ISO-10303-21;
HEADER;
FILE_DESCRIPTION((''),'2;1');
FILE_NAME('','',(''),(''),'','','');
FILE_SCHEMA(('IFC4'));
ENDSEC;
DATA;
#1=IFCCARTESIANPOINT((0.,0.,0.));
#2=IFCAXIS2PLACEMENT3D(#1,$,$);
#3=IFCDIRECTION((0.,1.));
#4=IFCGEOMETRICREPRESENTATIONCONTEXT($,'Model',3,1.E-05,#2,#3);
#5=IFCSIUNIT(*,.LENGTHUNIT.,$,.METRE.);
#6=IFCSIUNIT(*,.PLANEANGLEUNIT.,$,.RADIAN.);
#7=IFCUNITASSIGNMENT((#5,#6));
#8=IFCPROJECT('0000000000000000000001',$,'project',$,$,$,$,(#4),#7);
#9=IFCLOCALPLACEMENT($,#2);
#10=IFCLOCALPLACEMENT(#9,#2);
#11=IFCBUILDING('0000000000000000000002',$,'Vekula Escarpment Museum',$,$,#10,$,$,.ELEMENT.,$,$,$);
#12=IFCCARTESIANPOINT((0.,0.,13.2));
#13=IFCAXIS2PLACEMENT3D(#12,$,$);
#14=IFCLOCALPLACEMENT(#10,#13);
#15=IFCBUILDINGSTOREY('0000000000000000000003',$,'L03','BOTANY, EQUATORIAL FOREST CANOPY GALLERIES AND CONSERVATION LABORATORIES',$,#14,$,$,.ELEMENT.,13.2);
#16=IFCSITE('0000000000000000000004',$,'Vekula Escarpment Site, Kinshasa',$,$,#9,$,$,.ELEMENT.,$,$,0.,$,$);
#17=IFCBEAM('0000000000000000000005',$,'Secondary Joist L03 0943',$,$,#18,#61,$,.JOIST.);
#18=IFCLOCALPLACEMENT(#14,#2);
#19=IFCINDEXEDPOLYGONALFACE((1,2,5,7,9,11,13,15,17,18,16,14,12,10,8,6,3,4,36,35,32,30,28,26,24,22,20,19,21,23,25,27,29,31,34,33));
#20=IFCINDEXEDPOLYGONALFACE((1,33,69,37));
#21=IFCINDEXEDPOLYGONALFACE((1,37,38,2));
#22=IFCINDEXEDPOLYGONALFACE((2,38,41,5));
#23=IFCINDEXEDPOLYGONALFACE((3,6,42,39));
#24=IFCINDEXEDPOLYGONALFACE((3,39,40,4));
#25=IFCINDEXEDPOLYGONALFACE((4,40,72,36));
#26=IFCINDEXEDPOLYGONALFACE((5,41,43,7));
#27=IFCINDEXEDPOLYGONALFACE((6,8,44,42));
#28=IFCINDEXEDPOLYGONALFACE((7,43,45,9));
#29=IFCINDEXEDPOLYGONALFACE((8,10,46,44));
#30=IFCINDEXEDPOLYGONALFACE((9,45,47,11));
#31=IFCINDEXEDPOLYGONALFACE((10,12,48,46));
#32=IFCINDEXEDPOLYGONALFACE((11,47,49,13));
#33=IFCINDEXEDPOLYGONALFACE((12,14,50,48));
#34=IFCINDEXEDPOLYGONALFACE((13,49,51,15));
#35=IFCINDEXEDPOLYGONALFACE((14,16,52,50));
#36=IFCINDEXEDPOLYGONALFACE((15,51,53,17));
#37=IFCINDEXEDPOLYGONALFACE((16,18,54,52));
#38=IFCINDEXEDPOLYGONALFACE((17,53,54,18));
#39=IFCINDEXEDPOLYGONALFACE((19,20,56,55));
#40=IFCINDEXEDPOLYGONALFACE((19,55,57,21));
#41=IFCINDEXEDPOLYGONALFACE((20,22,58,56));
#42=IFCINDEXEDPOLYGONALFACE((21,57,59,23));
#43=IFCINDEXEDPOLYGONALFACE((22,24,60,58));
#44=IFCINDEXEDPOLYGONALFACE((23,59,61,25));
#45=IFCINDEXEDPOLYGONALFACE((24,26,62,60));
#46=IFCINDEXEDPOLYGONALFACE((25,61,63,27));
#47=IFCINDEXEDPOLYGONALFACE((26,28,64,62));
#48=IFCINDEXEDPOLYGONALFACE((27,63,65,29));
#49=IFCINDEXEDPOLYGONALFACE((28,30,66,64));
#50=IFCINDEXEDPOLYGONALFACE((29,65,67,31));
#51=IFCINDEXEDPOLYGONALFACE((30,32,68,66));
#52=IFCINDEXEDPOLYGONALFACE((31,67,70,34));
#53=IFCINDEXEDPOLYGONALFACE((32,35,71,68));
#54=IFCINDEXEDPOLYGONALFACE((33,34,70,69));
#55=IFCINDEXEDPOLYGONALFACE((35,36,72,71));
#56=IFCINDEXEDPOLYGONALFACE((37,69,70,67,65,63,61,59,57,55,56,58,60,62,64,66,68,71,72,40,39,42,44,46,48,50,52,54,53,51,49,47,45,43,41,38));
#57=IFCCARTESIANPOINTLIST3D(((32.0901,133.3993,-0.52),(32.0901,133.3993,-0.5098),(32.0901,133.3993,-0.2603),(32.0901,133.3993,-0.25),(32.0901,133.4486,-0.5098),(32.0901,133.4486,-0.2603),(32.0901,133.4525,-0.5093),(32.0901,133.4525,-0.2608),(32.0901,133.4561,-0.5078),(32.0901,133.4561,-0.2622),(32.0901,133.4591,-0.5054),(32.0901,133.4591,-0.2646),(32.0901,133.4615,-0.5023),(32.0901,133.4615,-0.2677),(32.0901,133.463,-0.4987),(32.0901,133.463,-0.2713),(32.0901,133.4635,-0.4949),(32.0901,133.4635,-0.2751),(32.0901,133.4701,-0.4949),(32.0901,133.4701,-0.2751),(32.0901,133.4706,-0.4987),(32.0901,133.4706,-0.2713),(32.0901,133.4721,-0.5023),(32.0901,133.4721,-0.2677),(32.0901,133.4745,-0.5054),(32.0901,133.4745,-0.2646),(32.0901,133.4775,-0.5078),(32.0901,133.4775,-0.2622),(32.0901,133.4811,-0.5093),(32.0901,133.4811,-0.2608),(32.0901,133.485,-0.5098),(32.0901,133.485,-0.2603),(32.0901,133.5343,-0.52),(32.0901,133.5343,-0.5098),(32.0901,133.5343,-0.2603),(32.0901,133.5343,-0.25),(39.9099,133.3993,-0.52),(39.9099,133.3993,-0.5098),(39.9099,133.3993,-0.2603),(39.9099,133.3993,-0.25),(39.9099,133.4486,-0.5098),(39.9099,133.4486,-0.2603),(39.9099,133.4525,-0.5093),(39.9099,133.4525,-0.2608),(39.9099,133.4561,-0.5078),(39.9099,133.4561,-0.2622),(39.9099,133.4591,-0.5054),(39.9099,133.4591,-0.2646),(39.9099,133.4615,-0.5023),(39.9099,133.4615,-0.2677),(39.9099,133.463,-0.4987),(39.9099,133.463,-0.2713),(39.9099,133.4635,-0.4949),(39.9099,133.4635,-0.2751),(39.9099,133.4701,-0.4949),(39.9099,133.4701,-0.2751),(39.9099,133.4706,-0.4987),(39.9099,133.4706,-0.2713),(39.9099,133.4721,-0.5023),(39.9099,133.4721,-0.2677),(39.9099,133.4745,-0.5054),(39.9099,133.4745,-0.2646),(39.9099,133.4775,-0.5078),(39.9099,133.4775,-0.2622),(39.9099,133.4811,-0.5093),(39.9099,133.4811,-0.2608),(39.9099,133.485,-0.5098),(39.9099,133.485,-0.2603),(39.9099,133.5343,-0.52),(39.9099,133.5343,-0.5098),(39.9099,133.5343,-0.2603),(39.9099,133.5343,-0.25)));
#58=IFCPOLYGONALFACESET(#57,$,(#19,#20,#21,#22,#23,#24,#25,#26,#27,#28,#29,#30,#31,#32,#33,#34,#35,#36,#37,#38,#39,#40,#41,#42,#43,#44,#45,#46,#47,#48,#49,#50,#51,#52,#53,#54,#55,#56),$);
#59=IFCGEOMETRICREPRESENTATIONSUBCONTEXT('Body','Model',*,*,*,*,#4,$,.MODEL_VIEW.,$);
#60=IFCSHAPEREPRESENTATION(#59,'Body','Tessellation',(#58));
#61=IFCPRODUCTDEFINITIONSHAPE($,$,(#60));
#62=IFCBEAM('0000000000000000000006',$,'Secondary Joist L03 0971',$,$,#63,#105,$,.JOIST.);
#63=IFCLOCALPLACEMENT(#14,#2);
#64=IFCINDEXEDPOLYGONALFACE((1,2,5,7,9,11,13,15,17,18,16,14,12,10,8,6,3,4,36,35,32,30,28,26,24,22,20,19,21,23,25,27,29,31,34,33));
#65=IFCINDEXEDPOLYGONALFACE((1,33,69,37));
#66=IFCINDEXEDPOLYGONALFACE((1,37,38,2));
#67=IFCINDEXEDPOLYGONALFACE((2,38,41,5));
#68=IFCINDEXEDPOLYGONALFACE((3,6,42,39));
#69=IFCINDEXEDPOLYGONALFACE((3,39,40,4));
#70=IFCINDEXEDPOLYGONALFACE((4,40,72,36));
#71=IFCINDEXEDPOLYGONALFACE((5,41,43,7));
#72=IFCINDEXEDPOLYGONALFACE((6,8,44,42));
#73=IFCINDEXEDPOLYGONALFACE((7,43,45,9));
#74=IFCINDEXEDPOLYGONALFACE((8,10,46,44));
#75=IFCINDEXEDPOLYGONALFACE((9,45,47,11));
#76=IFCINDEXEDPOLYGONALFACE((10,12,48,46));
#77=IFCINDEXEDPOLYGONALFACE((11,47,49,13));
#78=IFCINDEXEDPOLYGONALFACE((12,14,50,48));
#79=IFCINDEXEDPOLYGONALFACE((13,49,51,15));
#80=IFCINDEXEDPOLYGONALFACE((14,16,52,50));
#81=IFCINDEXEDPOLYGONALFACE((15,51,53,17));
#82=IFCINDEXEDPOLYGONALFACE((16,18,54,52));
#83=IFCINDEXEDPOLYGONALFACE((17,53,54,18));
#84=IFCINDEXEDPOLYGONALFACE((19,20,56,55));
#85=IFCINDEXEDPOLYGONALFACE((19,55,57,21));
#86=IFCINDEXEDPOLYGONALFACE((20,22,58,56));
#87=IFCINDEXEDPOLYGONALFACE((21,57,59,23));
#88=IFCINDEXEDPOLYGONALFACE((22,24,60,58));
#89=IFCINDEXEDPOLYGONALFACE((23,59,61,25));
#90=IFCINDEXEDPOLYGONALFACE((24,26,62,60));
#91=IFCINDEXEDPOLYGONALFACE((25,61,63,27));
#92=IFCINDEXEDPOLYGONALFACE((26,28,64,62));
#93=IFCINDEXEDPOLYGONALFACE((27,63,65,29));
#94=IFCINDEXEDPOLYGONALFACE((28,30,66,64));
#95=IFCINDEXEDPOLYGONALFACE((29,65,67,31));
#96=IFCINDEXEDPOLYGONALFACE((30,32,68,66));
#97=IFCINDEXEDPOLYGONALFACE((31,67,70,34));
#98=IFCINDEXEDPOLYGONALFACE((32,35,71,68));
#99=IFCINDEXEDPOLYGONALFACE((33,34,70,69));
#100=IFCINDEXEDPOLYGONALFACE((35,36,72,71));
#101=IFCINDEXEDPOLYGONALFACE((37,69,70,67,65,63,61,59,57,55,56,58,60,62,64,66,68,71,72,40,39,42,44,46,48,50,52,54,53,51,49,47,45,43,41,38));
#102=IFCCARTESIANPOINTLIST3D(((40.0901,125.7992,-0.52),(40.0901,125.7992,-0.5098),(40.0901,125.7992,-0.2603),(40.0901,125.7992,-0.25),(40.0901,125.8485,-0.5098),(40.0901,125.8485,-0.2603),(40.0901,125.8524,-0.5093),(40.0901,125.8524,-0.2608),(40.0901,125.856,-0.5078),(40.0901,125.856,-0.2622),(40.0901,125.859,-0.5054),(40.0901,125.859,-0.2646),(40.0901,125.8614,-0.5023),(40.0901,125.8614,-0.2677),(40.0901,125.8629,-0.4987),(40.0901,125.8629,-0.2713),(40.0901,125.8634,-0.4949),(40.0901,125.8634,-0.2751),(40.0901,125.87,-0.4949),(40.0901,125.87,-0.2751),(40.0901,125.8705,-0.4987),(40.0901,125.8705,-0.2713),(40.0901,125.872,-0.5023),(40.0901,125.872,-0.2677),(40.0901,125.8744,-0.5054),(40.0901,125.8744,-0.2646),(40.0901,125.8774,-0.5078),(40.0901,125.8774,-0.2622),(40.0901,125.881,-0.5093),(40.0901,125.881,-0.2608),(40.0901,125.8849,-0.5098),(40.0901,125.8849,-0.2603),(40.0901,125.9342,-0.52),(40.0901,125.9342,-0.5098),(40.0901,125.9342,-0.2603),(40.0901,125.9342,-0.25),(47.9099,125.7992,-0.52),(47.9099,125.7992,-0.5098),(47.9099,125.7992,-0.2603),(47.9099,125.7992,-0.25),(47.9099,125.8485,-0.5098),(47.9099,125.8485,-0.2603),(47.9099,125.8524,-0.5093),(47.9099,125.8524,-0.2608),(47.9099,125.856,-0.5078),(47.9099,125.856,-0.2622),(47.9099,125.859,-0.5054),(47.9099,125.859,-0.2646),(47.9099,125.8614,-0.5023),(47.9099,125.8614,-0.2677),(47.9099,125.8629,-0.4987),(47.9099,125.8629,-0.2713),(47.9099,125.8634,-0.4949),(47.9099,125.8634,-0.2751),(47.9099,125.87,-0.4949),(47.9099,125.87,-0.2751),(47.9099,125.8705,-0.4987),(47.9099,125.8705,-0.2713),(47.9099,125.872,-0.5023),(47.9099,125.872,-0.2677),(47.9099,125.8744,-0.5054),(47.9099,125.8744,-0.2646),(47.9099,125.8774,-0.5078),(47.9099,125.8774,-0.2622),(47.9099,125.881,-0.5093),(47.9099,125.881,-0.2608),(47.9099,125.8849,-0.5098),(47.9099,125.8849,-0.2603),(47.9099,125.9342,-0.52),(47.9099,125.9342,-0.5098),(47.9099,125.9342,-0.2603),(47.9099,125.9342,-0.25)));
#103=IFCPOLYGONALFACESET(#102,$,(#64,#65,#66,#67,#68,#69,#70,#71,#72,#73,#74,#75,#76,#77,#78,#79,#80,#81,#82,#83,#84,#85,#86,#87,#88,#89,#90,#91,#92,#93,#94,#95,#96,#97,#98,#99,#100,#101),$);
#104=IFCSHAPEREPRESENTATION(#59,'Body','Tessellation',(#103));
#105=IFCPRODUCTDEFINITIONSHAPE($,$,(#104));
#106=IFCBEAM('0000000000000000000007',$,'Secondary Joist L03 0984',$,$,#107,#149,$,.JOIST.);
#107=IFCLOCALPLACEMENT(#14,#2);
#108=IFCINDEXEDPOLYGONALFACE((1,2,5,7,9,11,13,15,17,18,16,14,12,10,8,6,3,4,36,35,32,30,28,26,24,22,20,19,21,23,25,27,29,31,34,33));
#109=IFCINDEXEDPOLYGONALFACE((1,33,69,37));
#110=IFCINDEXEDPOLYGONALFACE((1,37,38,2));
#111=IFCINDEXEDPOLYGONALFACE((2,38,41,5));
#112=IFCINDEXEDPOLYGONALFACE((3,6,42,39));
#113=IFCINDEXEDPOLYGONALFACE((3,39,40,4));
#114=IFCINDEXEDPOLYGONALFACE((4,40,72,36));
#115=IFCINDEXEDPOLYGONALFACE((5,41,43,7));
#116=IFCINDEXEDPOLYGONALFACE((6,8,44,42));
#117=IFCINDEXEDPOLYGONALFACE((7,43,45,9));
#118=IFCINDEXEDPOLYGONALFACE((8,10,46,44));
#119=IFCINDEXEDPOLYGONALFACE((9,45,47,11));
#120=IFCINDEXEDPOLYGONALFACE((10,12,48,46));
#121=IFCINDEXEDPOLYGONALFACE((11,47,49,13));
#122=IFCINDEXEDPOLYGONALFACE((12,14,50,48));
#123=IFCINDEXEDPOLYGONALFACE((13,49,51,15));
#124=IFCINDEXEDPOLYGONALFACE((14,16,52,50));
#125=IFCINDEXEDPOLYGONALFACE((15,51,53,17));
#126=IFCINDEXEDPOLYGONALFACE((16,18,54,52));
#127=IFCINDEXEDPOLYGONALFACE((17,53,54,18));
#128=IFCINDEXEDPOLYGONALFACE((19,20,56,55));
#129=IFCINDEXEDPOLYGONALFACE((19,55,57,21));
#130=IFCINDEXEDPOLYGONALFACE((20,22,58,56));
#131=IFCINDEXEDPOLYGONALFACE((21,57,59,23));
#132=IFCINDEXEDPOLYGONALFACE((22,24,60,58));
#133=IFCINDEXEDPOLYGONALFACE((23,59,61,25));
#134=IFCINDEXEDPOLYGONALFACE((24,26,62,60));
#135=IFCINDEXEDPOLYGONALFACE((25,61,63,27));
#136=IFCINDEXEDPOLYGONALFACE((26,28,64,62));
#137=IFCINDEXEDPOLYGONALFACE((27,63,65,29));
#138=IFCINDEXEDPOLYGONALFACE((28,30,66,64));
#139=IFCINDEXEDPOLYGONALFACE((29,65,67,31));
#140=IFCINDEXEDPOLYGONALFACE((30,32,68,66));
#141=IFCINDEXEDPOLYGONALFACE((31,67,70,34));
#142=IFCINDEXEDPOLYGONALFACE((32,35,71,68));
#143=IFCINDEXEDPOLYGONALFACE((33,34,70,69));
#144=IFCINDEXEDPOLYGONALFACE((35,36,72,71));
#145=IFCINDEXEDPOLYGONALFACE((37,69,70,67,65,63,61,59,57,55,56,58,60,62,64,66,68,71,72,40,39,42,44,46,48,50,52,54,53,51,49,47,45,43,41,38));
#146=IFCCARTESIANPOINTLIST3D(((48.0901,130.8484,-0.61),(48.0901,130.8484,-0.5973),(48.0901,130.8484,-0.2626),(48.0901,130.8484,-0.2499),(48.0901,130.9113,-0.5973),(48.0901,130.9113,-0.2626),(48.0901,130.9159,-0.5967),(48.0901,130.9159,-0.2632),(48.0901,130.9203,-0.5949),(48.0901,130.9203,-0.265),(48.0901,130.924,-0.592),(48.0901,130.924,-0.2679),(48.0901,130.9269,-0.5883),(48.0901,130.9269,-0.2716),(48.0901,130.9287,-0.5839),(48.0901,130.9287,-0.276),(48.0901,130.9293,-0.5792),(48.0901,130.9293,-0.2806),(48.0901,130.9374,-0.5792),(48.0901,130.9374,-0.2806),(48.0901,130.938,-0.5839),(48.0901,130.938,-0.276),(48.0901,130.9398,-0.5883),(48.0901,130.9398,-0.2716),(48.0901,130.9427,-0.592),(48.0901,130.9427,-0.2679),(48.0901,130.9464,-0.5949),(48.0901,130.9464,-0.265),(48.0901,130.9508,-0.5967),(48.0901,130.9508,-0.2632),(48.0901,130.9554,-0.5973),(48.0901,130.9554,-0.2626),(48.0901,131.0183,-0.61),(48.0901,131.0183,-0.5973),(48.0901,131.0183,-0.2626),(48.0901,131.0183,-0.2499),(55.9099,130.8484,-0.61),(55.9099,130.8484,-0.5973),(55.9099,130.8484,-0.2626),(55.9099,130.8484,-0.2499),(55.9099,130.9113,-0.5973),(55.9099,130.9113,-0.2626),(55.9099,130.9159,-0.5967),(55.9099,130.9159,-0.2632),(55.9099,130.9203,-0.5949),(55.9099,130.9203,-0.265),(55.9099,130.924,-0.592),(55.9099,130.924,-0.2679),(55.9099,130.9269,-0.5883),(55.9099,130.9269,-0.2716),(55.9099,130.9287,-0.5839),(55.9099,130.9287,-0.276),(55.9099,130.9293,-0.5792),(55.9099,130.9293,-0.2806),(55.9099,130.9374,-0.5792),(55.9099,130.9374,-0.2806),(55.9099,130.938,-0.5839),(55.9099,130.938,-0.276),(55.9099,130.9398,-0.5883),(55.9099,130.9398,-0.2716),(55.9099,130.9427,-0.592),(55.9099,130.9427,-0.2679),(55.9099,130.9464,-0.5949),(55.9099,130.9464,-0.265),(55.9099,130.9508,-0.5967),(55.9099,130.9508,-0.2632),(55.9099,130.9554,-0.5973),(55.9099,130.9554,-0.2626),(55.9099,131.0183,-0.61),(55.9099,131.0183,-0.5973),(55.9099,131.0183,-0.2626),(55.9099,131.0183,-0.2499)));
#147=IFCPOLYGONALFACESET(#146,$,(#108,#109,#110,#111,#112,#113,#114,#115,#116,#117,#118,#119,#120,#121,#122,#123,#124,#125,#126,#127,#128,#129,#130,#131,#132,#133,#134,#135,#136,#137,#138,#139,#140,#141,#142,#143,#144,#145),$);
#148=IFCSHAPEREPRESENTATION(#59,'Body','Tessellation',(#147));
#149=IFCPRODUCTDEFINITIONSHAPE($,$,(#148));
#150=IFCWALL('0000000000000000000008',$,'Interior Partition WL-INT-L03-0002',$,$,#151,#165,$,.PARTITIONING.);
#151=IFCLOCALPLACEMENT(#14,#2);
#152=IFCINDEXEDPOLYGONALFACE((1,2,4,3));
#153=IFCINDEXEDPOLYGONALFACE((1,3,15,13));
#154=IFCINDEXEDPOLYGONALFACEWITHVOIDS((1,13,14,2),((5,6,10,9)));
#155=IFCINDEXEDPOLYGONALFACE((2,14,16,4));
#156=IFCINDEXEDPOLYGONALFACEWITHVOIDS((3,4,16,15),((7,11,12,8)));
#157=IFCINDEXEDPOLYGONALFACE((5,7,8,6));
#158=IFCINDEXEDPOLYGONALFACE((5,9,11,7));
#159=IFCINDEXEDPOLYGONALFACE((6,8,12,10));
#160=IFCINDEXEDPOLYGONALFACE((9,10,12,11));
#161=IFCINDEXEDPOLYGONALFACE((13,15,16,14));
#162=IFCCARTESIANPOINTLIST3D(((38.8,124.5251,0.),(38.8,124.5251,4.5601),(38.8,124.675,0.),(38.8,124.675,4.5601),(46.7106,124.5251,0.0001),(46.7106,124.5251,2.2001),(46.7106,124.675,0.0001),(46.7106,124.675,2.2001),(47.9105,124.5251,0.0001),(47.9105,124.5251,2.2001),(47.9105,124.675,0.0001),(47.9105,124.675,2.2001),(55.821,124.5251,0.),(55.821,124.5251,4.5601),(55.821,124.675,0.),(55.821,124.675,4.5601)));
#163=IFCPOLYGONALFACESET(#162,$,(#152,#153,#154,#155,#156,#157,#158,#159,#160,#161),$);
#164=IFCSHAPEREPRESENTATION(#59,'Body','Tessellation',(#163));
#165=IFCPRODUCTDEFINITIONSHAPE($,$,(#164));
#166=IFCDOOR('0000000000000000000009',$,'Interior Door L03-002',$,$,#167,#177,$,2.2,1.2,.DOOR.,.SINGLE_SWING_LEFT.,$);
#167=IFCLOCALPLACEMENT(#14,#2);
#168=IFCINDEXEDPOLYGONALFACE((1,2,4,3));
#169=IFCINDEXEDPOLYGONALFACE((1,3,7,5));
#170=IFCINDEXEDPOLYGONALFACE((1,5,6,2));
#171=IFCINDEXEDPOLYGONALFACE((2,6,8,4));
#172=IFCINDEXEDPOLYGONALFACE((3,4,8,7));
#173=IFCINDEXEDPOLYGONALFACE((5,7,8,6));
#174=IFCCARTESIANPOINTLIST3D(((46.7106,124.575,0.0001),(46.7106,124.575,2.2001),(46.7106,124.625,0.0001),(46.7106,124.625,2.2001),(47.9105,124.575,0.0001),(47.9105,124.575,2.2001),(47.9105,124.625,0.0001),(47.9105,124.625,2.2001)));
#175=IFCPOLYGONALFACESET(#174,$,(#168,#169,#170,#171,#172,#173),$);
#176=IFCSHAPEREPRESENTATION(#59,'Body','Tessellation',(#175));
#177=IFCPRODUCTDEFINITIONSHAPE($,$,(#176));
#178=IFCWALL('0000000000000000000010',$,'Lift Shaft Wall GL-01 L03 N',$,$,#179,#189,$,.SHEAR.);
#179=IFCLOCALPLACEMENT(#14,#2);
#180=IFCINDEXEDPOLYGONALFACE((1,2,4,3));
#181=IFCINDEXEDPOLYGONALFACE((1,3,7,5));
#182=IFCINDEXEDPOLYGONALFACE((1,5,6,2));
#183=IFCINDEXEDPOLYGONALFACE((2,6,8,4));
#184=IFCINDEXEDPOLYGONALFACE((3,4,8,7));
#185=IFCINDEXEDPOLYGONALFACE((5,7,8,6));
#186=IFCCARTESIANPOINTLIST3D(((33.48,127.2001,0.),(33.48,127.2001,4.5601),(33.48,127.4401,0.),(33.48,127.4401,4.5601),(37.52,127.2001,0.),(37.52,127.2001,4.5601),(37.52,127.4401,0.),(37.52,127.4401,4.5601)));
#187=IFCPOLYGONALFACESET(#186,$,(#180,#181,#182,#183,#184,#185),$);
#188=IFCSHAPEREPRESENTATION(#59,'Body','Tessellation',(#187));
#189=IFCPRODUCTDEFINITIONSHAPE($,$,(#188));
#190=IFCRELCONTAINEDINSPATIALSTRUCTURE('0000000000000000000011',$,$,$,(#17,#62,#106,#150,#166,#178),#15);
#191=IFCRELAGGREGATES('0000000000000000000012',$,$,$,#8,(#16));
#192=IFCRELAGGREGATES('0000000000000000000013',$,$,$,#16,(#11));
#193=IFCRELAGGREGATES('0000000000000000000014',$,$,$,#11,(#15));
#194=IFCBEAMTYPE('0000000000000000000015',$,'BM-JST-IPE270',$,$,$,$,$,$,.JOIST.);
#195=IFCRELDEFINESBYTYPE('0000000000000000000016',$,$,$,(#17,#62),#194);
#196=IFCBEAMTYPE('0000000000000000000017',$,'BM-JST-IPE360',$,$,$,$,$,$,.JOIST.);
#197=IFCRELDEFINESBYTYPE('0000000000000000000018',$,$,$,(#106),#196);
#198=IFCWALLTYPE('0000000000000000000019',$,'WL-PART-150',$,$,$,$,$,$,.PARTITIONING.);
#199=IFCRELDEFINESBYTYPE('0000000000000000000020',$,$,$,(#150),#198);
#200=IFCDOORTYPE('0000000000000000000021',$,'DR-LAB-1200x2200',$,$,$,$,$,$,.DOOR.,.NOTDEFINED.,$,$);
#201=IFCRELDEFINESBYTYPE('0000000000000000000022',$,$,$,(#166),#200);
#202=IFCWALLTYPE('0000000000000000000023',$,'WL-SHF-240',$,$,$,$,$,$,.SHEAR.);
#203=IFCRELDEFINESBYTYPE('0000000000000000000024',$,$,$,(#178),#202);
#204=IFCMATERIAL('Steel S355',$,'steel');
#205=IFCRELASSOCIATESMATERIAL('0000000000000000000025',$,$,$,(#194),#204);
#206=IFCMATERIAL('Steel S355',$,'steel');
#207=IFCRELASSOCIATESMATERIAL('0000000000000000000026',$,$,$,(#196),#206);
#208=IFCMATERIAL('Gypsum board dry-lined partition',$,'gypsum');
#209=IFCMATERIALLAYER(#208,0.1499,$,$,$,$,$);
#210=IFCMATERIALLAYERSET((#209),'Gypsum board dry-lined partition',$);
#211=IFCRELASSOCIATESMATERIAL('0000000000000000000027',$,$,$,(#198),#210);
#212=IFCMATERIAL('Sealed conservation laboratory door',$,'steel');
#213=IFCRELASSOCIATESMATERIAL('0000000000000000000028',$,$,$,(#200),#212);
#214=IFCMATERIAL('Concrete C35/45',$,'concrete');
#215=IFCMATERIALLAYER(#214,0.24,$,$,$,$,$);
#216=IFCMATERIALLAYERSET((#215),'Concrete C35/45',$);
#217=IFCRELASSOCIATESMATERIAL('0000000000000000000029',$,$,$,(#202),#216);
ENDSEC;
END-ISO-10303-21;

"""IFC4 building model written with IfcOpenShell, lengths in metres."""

from ifc_helpers import new_model, si_unit, direction, frame, frame_2d, origin, origin_2d, place, context, subcontext, project, spatial, rectangle, i_section, extrude, material, layer, layer_set, material_profile, profile_set, type_object, element, fill, save


model = new_model("IFC4")

# Units and contexts
model_context = context("Model", 3, precision=1e-05, world=origin(), true_north=direction((0.0, 1.0)))
body_context = subcontext(model_context, "Body", "Model", "MODEL_VIEW")
ifc_project = project(units=[si_unit("LENGTHUNIT", "METRE"), si_unit("PLANEANGLEUNIT", "RADIAN")], contexts=[model_context])

# Site, building, storey
site_placement = place(None, origin())
site = spatial("IfcSite", under=ifc_project, at=site_placement, Name="Vekula Escarpment Site, Kinshasa", CompositionType="ELEMENT", RefElevation=0.0)
building_placement = place(site_placement, origin())
building = spatial("IfcBuilding", under=site, at=building_placement, Name="Vekula Escarpment Museum", CompositionType="ELEMENT")
storey_placement = place(building_placement, frame((0.0, 0.0, 13.2)))
storey = spatial("IfcBuildingStorey", under=building, at=storey_placement, Name="L03", Description="BOTANY, EQUATORIAL FOREST CANOPY GALLERIES AND CONSERVATION LABORATORIES", CompositionType="ELEMENT", Elevation=13.2)

# Beams
ifc_material_1 = material(Name="Steel S355", Category="steel")
ifc_material_profile_1 = material_profile(ifc_material_1, i_section(OverallWidth=0.135, OverallDepth=0.27, WebThickness=0.0066, FlangeThickness=0.0103, FilletRadius=0.0149, at=origin_2d()), Name="IPE 270")
ifc_profile_set_1 = profile_set([ifc_material_profile_1], Name="Steel S355")
beam_type_1 = type_object("IfcBeamType", Name="BM-JST-IPE270", PredefinedType="JOIST", material=ifc_profile_set_1)
for number, where, z_axis, x_axis, name in (
    (1, (32.0901, 133.4668, -0.385), (1.0, 0.0, 0.0), (0.0, 1.0, 0.0), "Secondary Joist L03 0943"),
    (2, (40.0901, 125.8667, -0.385), (1.0, 0.0, 0.0), (0.0, 1.0, 0.0), "Secondary Joist L03 0971"),
):
    element("IfcBeam", number, at=place(storey_placement, frame(where, z_axis=z_axis, x_axis=x_axis)), inside=storey, type_object=beam_type_1, Name=name, PredefinedType="JOIST", context=body_context, shape_type="SweptSolid", body=[
        extrude(i_section(OverallWidth=0.135, OverallDepth=0.27, WebThickness=0.0066, FlangeThickness=0.0103, FilletRadius=0.0149, at=origin_2d()), origin(), (0.0, 0.0, 1.0), 7.8198),
    ])
ifc_material_2 = material(Name="Steel S355", Category="steel")
ifc_material_profile_2 = material_profile(ifc_material_2, i_section(OverallWidth=0.1699, OverallDepth=0.3601, WebThickness=0.0081, FlangeThickness=0.0127, FilletRadius=0.0181, at=origin_2d()), Name="IPE 360")
ifc_profile_set_2 = profile_set([ifc_material_profile_2], Name="Steel S355")
beam_type_2 = type_object("IfcBeamType", Name="BM-JST-IPE360", PredefinedType="JOIST", material=ifc_profile_set_2)
beam_1_placement = place(storey_placement, frame((48.0901, 130.9333, -0.4299), z_axis=(1.0, 0.0, 0.0), x_axis=(0.0, 1.0, 0.0)))
element("IfcBeam", 3, at=beam_1_placement, inside=storey, type_object=beam_type_2, Name="Secondary Joist L03 0984", PredefinedType="JOIST", context=body_context, shape_type="SweptSolid", body=[
    extrude(i_section(OverallWidth=0.1699, OverallDepth=0.3601, WebThickness=0.0081, FlangeThickness=0.0127, FilletRadius=0.0181, at=origin_2d()), origin(), (0.0, 0.0, 1.0), 7.8198),
])

# Wall, opening, door
ifc_material_3 = material(Name="Gypsum board dry-lined partition", Category="gypsum")
ifc_layer_1 = layer(ifc_material_3, 0.1499)
ifc_layer_set_1 = layer_set([ifc_layer_1], Name="Gypsum board dry-lined partition")
wall_type_1 = type_object("IfcWallType", Name="WL-PART-150", PredefinedType="PARTITIONING", material=ifc_layer_set_1)
wall_1_placement = place(storey_placement, frame((38.8, 124.6001, 0.0), z_axis=(0.0, 0.0, 1.0), x_axis=(1.0, 0.0, 0.0)))
wall_1 = element("IfcWall", 4, at=wall_1_placement, inside=storey, type_object=wall_type_1, Name="Interior Partition WL-INT-L03-0002", PredefinedType="PARTITIONING", context=body_context, shape_type="SweptSolid", body=[
    extrude(rectangle(XDim=17.021, YDim=0.1499, at=frame_2d((8.5105, 0.0))), origin(), (0.0, 0.0, 1.0), 4.5601),
])
opening_placement = place(wall_1_placement, frame((7.9104, 0.0, 0.0)))
opening = element("IfcOpeningElement", 5, at=opening_placement, cuts=wall_1, PredefinedType="OPENING", context=body_context, shape_type="SweptSolid", body=[
    extrude(rectangle(XDim=1.2, YDim=2.2, at=frame_2d((0.6001, 1.1001))), frame((0.0, 0.085, 0.0), z_axis=(0.0, -1.0, 0.0), x_axis=(1.0, 0.0, 0.0)), (0.0, 0.0, 1.0), 0.1699),
])
ifc_material_4 = material(Name="Sealed conservation laboratory door", Category="steel")
door_type = type_object("IfcDoorType", Name="DR-LAB-1200x2200", OperationType="NOTDEFINED", PredefinedType="DOOR", material=ifc_material_4)
door_placement = place(opening_placement, origin())
door = element("IfcDoor", 6, at=door_placement, inside=storey, type_object=door_type, Name="Interior Door L03-002", OperationType="SINGLE_SWING_LEFT", OverallHeight=2.2, OverallWidth=1.2, PredefinedType="DOOR", context=body_context, shape_type="SweptSolid", body=[
    extrude(rectangle(XDim=1.2, YDim=2.2, at=frame_2d((0.6001, 1.1001))), frame((0.0, 0.0249, 0.0), z_axis=(0.0, -1.0, 0.0), x_axis=(1.0, 0.0, 0.0)), (0.0, 0.0, 1.0), 0.05),
])
fill(opening, door)

# Wall
ifc_material_5 = material(Name="Concrete C35/45", Category="concrete")
ifc_layer_2 = layer(ifc_material_5, 0.24)
ifc_layer_set_2 = layer_set([ifc_layer_2], Name="Concrete C35/45")
wall_type_2 = type_object("IfcWallType", Name="WL-SHF-240", PredefinedType="SHEAR", material=ifc_layer_set_2)
wall_2_placement = place(storey_placement, frame((33.48, 127.3201, 0.0), z_axis=(0.0, 0.0, 1.0), x_axis=(1.0, 0.0, 0.0)))
element("IfcWall", 7, at=wall_2_placement, inside=storey, type_object=wall_type_2, Name="Lift Shaft Wall GL-01 L03 N", PredefinedType="SHEAR", context=body_context, shape_type="SweptSolid", body=[
    extrude(rectangle(XDim=4.04, YDim=0.24, at=frame_2d((2.02, 0.0))), origin(), (0.0, 0.0, 1.0), 4.5601),
])

save(model, "model.ifc")
